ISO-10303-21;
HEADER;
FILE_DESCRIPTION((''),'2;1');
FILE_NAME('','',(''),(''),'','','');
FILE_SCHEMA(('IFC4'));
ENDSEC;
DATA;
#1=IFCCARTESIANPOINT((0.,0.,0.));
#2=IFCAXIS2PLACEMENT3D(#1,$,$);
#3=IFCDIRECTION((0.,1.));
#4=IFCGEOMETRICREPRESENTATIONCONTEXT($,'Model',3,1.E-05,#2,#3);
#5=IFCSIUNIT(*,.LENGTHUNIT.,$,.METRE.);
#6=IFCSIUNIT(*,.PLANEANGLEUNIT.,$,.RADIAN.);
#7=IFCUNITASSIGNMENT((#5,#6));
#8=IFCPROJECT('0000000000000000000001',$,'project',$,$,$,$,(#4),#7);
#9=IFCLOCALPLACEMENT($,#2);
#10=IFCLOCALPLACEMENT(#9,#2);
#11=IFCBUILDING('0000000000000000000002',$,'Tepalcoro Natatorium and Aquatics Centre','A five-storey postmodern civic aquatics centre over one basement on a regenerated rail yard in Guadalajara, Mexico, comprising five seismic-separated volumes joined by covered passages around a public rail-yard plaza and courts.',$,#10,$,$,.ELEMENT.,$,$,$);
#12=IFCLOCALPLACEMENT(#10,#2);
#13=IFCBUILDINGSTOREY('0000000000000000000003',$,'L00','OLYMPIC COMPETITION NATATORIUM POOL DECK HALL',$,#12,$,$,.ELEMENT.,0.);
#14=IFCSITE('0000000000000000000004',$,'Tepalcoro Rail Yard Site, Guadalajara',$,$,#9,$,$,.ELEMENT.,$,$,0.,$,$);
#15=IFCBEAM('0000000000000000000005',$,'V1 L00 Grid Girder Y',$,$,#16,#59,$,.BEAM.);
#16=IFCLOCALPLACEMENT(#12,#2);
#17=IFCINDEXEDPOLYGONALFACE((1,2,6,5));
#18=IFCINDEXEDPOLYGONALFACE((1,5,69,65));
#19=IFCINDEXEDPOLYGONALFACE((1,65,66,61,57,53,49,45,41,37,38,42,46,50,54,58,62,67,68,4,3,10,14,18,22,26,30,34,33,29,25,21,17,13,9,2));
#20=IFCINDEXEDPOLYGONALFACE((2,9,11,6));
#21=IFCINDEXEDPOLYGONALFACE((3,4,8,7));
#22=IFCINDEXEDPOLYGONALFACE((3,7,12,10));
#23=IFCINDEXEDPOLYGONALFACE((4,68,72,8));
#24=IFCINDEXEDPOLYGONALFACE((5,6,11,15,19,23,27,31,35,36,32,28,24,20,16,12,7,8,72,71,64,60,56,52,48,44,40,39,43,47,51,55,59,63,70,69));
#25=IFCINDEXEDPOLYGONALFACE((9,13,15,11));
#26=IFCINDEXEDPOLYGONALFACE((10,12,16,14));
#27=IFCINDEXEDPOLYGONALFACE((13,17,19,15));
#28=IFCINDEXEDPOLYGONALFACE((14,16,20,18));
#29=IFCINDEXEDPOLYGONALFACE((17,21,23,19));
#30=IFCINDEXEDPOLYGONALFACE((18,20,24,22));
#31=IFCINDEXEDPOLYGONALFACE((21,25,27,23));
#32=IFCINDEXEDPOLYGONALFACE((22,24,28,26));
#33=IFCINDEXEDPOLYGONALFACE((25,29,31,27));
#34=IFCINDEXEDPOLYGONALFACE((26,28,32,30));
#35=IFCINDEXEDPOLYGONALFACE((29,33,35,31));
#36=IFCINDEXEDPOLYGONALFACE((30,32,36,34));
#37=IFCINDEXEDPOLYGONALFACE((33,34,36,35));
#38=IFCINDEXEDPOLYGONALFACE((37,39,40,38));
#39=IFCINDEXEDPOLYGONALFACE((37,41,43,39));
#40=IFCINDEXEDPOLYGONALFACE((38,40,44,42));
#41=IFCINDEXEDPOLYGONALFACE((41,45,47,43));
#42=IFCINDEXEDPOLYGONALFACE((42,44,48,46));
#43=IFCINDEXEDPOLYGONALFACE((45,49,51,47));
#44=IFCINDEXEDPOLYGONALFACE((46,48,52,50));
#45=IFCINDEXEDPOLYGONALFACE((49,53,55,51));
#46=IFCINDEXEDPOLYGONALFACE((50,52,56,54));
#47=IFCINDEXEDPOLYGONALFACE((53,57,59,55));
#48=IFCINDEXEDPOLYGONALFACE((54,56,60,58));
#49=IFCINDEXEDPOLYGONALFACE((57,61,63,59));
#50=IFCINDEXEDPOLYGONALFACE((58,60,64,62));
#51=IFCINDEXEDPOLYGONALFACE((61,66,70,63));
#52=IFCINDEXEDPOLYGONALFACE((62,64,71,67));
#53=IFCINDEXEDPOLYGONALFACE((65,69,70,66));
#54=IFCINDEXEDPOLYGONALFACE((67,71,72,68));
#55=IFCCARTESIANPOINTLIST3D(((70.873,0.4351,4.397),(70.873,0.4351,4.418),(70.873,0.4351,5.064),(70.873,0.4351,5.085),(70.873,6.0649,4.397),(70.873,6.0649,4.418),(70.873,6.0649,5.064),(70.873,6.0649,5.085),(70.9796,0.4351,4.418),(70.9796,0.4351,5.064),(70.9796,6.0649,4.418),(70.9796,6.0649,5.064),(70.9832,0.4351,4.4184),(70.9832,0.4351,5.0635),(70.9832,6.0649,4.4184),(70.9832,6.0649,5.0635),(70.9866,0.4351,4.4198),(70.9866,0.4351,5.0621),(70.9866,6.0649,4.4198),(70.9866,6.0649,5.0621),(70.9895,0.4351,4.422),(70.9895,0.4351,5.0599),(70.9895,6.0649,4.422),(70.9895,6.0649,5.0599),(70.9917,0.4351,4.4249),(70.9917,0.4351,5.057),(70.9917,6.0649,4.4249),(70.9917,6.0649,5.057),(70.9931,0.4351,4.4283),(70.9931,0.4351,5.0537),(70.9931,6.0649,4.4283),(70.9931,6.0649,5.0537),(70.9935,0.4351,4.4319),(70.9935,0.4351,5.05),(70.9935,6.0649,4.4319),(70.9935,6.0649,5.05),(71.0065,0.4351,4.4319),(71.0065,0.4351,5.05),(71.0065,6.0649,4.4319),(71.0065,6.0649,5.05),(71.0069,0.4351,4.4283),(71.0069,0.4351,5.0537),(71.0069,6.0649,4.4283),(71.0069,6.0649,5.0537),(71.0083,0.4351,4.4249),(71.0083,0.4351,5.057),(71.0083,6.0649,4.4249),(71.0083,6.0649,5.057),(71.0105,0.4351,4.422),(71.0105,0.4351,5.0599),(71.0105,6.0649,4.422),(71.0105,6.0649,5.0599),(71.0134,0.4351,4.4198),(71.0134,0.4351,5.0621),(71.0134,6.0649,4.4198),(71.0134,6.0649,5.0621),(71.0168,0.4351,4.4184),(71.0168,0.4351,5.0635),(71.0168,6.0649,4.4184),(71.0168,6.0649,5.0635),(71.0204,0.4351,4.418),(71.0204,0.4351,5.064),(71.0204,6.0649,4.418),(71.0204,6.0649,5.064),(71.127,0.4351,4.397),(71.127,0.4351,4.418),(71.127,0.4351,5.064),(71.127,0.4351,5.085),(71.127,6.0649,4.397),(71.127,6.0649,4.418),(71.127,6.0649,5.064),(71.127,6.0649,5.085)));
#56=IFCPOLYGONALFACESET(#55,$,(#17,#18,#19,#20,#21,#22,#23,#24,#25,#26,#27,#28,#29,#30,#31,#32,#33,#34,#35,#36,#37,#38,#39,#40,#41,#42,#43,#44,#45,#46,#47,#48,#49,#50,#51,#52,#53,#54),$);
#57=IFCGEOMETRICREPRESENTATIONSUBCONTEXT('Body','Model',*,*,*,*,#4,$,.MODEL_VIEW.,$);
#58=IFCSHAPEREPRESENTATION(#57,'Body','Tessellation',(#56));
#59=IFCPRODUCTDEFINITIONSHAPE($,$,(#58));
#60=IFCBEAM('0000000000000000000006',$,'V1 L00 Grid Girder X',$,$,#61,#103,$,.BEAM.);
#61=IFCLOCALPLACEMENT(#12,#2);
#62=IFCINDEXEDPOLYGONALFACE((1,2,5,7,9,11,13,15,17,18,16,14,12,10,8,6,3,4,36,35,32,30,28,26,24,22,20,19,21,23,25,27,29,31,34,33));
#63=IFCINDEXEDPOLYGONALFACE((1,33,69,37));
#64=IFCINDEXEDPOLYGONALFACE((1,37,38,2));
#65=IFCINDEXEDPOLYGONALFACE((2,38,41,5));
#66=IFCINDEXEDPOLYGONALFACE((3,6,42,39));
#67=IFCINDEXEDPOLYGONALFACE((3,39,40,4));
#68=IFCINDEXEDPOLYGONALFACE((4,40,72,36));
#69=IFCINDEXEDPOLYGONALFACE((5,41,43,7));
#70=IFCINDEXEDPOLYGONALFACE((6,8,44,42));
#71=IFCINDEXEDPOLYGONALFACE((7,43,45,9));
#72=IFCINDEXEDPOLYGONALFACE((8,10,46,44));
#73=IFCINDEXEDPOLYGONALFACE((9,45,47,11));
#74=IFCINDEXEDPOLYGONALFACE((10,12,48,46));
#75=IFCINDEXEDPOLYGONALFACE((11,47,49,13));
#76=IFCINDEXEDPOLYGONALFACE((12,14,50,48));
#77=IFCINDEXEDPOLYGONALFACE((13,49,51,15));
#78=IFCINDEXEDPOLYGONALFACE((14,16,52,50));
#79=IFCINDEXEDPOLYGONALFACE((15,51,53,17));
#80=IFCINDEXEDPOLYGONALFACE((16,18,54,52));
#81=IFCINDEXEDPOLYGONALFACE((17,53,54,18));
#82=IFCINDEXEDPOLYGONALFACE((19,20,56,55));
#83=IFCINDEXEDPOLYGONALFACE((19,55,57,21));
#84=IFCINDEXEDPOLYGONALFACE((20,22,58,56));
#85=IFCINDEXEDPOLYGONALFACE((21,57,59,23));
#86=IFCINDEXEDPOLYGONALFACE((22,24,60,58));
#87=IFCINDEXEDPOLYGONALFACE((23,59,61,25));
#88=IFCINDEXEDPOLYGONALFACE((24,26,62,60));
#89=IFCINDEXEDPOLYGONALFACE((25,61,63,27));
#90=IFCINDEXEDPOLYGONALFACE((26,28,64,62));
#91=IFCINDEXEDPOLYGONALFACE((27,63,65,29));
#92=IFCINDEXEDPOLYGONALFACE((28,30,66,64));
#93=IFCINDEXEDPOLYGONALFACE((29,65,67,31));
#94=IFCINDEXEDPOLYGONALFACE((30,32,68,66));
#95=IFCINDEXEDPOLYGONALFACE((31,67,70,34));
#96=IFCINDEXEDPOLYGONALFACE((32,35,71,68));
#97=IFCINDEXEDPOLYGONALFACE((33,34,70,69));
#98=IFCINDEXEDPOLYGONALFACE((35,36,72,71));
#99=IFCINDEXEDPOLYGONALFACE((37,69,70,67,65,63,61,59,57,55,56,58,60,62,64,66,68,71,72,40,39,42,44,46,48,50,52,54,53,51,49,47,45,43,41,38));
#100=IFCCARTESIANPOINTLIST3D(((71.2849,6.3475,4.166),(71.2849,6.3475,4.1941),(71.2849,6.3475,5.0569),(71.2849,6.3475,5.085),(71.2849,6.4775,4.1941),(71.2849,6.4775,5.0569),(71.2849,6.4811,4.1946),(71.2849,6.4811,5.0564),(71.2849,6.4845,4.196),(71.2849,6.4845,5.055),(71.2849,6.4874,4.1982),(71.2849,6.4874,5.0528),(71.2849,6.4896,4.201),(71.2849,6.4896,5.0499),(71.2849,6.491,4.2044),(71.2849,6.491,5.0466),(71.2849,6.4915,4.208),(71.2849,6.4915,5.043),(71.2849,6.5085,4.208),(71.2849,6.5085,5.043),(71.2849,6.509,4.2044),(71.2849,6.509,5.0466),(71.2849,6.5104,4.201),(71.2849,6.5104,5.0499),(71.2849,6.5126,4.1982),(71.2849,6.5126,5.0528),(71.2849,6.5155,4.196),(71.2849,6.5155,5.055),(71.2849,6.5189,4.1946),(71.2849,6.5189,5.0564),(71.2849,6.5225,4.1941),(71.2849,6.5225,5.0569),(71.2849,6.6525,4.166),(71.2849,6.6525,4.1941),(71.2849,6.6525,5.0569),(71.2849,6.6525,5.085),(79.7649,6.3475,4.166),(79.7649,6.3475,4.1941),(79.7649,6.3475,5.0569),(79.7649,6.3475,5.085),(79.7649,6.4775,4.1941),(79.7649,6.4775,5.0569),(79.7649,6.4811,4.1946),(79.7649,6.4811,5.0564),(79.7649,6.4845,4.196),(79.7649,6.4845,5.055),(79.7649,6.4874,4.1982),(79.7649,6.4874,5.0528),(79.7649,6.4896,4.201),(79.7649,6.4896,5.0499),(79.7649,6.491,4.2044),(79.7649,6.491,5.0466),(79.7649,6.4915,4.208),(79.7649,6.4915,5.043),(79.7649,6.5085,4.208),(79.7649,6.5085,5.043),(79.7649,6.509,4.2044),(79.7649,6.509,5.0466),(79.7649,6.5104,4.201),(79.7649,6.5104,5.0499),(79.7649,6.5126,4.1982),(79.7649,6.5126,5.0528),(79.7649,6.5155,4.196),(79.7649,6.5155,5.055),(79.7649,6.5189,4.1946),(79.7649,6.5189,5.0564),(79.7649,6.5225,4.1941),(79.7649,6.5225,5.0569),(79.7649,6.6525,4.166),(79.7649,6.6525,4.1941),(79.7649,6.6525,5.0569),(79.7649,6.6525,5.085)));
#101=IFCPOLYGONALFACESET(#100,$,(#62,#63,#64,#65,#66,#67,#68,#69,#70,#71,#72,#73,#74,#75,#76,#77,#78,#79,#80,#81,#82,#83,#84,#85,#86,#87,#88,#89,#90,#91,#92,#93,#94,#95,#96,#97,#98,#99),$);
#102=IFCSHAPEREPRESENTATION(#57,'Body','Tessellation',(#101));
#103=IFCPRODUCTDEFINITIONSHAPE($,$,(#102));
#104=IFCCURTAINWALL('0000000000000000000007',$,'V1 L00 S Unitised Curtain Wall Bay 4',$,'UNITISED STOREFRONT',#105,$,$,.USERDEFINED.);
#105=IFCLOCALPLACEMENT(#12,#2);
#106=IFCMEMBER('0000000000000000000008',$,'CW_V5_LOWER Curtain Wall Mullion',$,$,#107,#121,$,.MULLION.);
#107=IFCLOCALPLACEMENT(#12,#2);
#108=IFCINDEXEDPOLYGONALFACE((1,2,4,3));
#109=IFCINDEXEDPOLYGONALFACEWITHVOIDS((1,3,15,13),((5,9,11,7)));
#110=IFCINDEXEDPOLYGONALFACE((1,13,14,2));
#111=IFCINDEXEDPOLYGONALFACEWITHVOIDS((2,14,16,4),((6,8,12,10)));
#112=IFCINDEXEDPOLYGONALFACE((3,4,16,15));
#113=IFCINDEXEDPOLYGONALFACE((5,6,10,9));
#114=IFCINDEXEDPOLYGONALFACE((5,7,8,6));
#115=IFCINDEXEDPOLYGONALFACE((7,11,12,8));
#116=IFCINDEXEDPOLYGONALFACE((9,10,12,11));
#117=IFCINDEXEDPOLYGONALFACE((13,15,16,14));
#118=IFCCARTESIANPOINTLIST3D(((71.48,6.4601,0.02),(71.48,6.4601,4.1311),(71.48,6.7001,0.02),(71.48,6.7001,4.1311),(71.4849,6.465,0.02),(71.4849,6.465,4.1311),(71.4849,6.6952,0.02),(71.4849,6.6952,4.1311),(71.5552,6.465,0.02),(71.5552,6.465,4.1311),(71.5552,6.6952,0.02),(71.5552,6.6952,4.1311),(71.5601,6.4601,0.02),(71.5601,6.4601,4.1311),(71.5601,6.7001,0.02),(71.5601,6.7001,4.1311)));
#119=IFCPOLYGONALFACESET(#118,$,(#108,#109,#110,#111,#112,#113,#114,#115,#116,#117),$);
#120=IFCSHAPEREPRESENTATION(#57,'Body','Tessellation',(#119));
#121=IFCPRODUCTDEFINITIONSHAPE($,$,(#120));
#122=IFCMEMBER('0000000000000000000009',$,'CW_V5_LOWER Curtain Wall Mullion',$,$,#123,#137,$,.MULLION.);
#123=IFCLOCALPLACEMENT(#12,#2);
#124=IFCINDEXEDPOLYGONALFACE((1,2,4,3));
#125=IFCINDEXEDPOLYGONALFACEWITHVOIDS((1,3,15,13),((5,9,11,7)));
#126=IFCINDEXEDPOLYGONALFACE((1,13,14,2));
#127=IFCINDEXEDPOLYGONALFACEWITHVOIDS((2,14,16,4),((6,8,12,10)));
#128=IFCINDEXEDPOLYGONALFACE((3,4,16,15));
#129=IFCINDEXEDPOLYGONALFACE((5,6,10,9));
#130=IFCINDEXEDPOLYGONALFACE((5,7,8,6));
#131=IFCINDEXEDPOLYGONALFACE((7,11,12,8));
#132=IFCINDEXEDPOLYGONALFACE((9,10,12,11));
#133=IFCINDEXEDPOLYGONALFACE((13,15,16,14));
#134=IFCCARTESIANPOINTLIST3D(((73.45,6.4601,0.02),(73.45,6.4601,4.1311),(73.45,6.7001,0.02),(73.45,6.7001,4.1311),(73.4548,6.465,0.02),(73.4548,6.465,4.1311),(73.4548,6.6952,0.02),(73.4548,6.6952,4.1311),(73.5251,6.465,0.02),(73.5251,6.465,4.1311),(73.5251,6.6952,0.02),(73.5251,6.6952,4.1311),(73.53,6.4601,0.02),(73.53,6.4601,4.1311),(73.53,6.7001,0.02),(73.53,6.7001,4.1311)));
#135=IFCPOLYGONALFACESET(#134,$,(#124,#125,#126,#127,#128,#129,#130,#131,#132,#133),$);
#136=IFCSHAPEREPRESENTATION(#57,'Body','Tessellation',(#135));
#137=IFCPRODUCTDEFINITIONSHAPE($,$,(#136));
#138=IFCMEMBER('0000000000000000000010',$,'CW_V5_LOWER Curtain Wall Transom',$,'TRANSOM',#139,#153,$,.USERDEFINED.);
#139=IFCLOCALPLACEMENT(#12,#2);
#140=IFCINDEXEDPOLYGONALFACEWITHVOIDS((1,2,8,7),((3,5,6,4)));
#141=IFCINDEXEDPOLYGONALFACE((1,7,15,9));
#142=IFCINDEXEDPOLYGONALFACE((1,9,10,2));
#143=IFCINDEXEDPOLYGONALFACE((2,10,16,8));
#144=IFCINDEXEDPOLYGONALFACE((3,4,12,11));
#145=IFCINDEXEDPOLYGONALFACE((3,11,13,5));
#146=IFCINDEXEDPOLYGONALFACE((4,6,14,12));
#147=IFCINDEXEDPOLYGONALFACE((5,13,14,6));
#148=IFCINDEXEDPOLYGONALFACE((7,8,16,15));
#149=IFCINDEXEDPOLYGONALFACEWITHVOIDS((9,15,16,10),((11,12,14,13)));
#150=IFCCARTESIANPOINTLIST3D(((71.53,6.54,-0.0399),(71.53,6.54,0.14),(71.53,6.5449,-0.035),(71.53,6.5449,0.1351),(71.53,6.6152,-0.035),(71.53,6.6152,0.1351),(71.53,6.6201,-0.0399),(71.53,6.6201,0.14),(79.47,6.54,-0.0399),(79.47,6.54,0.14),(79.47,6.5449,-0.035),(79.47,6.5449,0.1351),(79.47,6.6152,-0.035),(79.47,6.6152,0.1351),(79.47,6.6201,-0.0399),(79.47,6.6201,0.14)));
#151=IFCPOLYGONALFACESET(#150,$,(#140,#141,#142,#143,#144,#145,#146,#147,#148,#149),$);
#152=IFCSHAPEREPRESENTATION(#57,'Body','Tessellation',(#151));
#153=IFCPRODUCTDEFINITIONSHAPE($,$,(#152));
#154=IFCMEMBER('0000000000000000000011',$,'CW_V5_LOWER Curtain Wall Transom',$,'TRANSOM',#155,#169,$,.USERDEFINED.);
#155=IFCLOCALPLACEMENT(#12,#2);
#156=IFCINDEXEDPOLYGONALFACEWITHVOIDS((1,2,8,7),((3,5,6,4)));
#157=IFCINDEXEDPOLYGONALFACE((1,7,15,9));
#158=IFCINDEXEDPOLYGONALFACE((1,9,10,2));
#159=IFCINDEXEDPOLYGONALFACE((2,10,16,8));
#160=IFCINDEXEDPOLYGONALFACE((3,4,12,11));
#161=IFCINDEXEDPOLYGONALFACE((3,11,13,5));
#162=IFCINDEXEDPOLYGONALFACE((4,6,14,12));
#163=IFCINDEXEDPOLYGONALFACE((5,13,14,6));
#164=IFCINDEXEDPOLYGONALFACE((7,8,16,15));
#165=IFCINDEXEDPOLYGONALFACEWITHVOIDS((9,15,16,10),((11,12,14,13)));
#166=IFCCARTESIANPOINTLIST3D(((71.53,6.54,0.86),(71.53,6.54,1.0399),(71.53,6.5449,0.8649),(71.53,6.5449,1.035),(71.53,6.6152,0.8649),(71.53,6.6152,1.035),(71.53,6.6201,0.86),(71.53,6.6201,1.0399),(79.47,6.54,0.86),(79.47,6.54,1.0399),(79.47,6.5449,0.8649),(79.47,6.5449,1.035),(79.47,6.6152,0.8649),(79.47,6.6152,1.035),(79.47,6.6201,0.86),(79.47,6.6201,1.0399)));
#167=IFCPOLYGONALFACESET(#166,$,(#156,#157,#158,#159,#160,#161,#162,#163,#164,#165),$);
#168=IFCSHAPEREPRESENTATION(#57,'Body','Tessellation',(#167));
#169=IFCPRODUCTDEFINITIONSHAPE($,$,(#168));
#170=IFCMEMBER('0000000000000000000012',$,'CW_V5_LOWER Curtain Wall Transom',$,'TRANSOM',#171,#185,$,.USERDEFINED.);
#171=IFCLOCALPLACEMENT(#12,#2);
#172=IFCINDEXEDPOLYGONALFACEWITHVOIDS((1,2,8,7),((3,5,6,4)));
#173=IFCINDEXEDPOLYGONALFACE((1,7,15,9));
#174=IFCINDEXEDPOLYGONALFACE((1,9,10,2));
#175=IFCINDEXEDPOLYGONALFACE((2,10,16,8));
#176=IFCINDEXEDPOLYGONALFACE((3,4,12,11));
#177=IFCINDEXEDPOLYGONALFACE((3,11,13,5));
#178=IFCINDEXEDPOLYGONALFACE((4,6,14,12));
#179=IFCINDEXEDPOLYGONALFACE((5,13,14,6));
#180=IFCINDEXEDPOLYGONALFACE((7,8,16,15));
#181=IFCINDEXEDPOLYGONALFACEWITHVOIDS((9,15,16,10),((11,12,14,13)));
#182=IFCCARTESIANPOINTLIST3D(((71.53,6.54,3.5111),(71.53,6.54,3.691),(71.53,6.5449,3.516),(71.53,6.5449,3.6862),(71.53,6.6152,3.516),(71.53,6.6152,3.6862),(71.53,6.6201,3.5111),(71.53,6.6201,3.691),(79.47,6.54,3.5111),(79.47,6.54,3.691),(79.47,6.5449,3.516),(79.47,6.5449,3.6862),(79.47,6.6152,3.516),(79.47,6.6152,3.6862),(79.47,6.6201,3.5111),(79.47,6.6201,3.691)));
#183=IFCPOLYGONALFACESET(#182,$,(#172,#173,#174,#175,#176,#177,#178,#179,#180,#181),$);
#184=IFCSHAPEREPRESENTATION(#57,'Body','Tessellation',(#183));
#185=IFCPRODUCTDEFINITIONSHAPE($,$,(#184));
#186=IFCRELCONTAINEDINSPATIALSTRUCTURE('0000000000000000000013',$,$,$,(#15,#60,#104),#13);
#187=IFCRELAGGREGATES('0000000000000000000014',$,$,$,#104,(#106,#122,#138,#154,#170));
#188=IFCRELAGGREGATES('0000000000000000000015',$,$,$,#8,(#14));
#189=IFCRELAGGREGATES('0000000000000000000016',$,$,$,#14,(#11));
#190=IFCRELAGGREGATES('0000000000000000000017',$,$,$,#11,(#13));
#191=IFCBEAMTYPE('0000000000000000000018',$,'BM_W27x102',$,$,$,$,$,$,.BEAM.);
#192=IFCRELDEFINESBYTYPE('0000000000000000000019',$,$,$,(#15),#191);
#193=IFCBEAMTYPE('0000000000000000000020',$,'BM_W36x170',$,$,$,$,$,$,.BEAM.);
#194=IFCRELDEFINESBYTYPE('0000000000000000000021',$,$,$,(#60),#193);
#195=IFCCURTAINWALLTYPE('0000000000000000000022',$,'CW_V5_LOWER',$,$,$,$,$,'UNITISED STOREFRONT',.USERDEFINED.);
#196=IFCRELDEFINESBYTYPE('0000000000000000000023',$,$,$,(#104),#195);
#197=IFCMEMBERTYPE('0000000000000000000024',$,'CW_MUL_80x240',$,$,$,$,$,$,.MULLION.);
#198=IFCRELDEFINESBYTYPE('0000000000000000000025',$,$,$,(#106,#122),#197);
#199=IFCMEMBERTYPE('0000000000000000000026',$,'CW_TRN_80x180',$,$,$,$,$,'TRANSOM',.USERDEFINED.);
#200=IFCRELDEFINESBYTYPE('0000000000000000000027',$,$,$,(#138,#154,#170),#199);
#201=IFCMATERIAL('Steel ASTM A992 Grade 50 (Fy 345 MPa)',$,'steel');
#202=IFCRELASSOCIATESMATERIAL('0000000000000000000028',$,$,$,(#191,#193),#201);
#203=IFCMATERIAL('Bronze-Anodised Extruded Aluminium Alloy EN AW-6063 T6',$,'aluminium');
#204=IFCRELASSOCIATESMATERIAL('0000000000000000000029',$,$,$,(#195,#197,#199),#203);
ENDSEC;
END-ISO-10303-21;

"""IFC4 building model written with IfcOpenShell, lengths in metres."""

from ifc_helpers import new_model, si_unit, direction, frame, origin, origin_2d, place, context, subcontext, project, spatial, hollow_rectangle, i_section, extrude, material, material_profile, profile_set, type_object, element, aggregate, save


model = new_model("IFC4")

# Units and contexts
model_context = context("Model", 3, precision=1e-05, world=origin(), true_north=direction((0.0, 1.0)))
body_context = subcontext(model_context, "Body", "Model", "MODEL_VIEW")
ifc_project = project(units=[si_unit("LENGTHUNIT", "METRE"), si_unit("PLANEANGLEUNIT", "RADIAN")], contexts=[model_context])

# Site, building, storey
site_placement = place(None, origin())
site = spatial("IfcSite", under=ifc_project, at=site_placement, Name="Tepalcoro Rail Yard Site, Guadalajara", CompositionType="ELEMENT", RefElevation=0.0)
building_placement = place(site_placement, origin())
building = spatial("IfcBuilding", under=site, at=building_placement, Name="Tepalcoro Natatorium and Aquatics Centre", Description="A five-storey postmodern civic aquatics centre over one basement on a regenerated rail yard in Guadalajara, Mexico, comprising five seismic-separated volumes joined by covered passages around a public rail-yard plaza and courts.", CompositionType="ELEMENT")
storey_placement = place(building_placement, origin())
storey = spatial("IfcBuildingStorey", under=building, at=storey_placement, Name="L00", Description="OLYMPIC COMPETITION NATATORIUM POOL DECK HALL", CompositionType="ELEMENT", Elevation=0.0)

# Beams
ifc_material_1 = material(Name="Steel ASTM A992 Grade 50 (Fy 345 MPa)", Category="steel")
ifc_material_profile_1 = material_profile(ifc_material_1, i_section(OverallWidth=0.2539, OverallDepth=0.688, WebThickness=0.0129, FlangeThickness=0.021, FilletRadius=0.0139, at=origin_2d()), Name="W27X102")
ifc_profile_set_1 = profile_set([ifc_material_profile_1], Name="Steel ASTM A992 Grade 50 (Fy 345 MPa)")
beam_type_1 = type_object("IfcBeamType", Name="BM_W27x102", PredefinedType="BEAM", material=ifc_profile_set_1)
beam_1_placement = place(storey_placement, frame((71.0, 0.4351, 4.741), z_axis=(0.0, 1.0, 0.0), x_axis=(-1.0, 0.0, 0.0)))
element("IfcBeam", 1, at=beam_1_placement, inside=storey, type_object=beam_type_1, Name="V1 L00 Grid Girder Y", PredefinedType="BEAM", context=body_context, shape_type="SweptSolid", body=[
    extrude(i_section(OverallWidth=0.2539, OverallDepth=0.688, WebThickness=0.0129, FlangeThickness=0.021, FilletRadius=0.0139, at=origin_2d()), origin(), (0.0, 0.0, 1.0), 5.6299),
])
ifc_material_profile_2 = material_profile(ifc_material_1, i_section(OverallWidth=0.3049, OverallDepth=0.9189, WebThickness=0.0171, FlangeThickness=0.0281, FilletRadius=0.0139, at=origin_2d()), Name="W36X170")
ifc_profile_set_2 = profile_set([ifc_material_profile_2], Name="Steel ASTM A992 Grade 50 (Fy 345 MPa)")
beam_type_2 = type_object("IfcBeamType", Name="BM_W36x170", PredefinedType="BEAM", material=ifc_profile_set_2)
beam_2_placement = place(storey_placement, frame((71.2849, 6.5, 4.6255), z_axis=(1.0, 0.0, 0.0), x_axis=(0.0, 1.0, 0.0)))
element("IfcBeam", 2, at=beam_2_placement, inside=storey, type_object=beam_type_2, Name="V1 L00 Grid Girder X", PredefinedType="BEAM", context=body_context, shape_type="SweptSolid", body=[
    extrude(i_section(OverallWidth=0.3049, OverallDepth=0.9189, WebThickness=0.0171, FlangeThickness=0.0281, FilletRadius=0.0139, at=origin_2d()), origin(), (0.0, 0.0, 1.0), 8.48),
])

# Curtain wall, members
ifc_material_2 = material(Name="Bronze-Anodised Extruded Aluminium Alloy EN AW-6063 T6", Category="aluminium")
curtain_wall_type = type_object("IfcCurtainWallType", Name="CW_V5_LOWER", ElementType="UNITISED STOREFRONT", PredefinedType="USERDEFINED", material=ifc_material_2)
curtain_wall_placement = place(storey_placement, origin())
curtain_wall = element("IfcCurtainWall", 3, at=curtain_wall_placement, inside=storey, type_object=curtain_wall_type, Name="V1 L00 S Unitised Curtain Wall Bay 4", ObjectType="UNITISED STOREFRONT", PredefinedType="USERDEFINED")
ifc_material_profile_3 = material_profile(ifc_material_2, hollow_rectangle(XDim=0.0801, YDim=0.24, WallThickness=0.0049, at=origin_2d()), Name="AL80X240X5")
ifc_profile_set_3 = profile_set([ifc_material_profile_3], Name="Bronze-Anodised Extruded Aluminium Alloy EN AW-6063 T6")
member_type_1 = type_object("IfcMemberType", Name="CW_MUL_80x240", PredefinedType="MULLION", material=ifc_profile_set_3)
member_1_placement = place(storey_placement, frame((71.52, 6.5801, 0.02), z_axis=(0.0, 0.0, 1.0), x_axis=(1.0, 0.0, 0.0)))
member_1 = element("IfcMember", 4, at=member_1_placement, type_object=member_type_1, Name="CW_V5_LOWER Curtain Wall Mullion", PredefinedType="MULLION", context=body_context, shape_type="SweptSolid", body=[
    extrude(hollow_rectangle(XDim=0.0801, YDim=0.24, WallThickness=0.0049, at=origin_2d()), origin(), (0.0, 0.0, 1.0), 4.1111),
])
member_2_placement = place(storey_placement, frame((73.49, 6.5801, 0.02), z_axis=(0.0, 0.0, 1.0), x_axis=(1.0, 0.0, 0.0)))
member_2 = element("IfcMember", 5, at=member_2_placement, type_object=member_type_1, Name="CW_V5_LOWER Curtain Wall Mullion", PredefinedType="MULLION", context=body_context, shape_type="SweptSolid", body=[
    extrude(hollow_rectangle(XDim=0.0801, YDim=0.24, WallThickness=0.0049, at=origin_2d()), origin(), (0.0, 0.0, 1.0), 4.1111),
])
ifc_material_profile_4 = material_profile(ifc_material_2, hollow_rectangle(XDim=0.0801, YDim=0.1799, WallThickness=0.0049, at=origin_2d()), Name="AL80X180X5")
ifc_profile_set_4 = profile_set([ifc_material_profile_4], Name="Bronze-Anodised Extruded Aluminium Alloy EN AW-6063 T6")
member_type_2 = type_object("IfcMemberType", Name="CW_TRN_80x180", ElementType="TRANSOM", PredefinedType="USERDEFINED", material=ifc_profile_set_4)
member_3_placement = place(storey_placement, frame((71.53, 6.5801, 0.05), z_axis=(1.0, 0.0, 0.0), x_axis=(0.0, 1.0, 0.0)))
member_3 = element("IfcMember", 6, at=member_3_placement, type_object=member_type_2, Name="CW_V5_LOWER Curtain Wall Transom", ObjectType="TRANSOM", PredefinedType="USERDEFINED", context=body_context, shape_type="SweptSolid", body=[
    extrude(hollow_rectangle(XDim=0.0801, YDim=0.1799, WallThickness=0.0049, at=origin_2d()), origin(), (0.0, 0.0, 1.0), 7.9399),
])
member_4_placement = place(storey_placement, frame((71.53, 6.5801, 0.95), z_axis=(1.0, 0.0, 0.0), x_axis=(0.0, 1.0, 0.0)))
member_4 = element("IfcMember", 7, at=member_4_placement, type_object=member_type_2, Name="CW_V5_LOWER Curtain Wall Transom", ObjectType="TRANSOM", PredefinedType="USERDEFINED", context=body_context, shape_type="SweptSolid", body=[
    extrude(hollow_rectangle(XDim=0.0801, YDim=0.1799, WallThickness=0.0049, at=origin_2d()), origin(), (0.0, 0.0, 1.0), 7.9399),
])
member_5_placement = place(storey_placement, frame((71.53, 6.5801, 3.6011), z_axis=(1.0, 0.0, 0.0), x_axis=(0.0, 1.0, 0.0)))
member_5 = element("IfcMember", 8, at=member_5_placement, type_object=member_type_2, Name="CW_V5_LOWER Curtain Wall Transom", ObjectType="TRANSOM", PredefinedType="USERDEFINED", context=body_context, shape_type="SweptSolid", body=[
    extrude(hollow_rectangle(XDim=0.0801, YDim=0.1799, WallThickness=0.0049, at=origin_2d()), origin(), (0.0, 0.0, 1.0), 7.9399),
])

aggregate(curtain_wall, [member_1, member_2, member_3, member_4, member_5])

save(model, "model.ifc")
